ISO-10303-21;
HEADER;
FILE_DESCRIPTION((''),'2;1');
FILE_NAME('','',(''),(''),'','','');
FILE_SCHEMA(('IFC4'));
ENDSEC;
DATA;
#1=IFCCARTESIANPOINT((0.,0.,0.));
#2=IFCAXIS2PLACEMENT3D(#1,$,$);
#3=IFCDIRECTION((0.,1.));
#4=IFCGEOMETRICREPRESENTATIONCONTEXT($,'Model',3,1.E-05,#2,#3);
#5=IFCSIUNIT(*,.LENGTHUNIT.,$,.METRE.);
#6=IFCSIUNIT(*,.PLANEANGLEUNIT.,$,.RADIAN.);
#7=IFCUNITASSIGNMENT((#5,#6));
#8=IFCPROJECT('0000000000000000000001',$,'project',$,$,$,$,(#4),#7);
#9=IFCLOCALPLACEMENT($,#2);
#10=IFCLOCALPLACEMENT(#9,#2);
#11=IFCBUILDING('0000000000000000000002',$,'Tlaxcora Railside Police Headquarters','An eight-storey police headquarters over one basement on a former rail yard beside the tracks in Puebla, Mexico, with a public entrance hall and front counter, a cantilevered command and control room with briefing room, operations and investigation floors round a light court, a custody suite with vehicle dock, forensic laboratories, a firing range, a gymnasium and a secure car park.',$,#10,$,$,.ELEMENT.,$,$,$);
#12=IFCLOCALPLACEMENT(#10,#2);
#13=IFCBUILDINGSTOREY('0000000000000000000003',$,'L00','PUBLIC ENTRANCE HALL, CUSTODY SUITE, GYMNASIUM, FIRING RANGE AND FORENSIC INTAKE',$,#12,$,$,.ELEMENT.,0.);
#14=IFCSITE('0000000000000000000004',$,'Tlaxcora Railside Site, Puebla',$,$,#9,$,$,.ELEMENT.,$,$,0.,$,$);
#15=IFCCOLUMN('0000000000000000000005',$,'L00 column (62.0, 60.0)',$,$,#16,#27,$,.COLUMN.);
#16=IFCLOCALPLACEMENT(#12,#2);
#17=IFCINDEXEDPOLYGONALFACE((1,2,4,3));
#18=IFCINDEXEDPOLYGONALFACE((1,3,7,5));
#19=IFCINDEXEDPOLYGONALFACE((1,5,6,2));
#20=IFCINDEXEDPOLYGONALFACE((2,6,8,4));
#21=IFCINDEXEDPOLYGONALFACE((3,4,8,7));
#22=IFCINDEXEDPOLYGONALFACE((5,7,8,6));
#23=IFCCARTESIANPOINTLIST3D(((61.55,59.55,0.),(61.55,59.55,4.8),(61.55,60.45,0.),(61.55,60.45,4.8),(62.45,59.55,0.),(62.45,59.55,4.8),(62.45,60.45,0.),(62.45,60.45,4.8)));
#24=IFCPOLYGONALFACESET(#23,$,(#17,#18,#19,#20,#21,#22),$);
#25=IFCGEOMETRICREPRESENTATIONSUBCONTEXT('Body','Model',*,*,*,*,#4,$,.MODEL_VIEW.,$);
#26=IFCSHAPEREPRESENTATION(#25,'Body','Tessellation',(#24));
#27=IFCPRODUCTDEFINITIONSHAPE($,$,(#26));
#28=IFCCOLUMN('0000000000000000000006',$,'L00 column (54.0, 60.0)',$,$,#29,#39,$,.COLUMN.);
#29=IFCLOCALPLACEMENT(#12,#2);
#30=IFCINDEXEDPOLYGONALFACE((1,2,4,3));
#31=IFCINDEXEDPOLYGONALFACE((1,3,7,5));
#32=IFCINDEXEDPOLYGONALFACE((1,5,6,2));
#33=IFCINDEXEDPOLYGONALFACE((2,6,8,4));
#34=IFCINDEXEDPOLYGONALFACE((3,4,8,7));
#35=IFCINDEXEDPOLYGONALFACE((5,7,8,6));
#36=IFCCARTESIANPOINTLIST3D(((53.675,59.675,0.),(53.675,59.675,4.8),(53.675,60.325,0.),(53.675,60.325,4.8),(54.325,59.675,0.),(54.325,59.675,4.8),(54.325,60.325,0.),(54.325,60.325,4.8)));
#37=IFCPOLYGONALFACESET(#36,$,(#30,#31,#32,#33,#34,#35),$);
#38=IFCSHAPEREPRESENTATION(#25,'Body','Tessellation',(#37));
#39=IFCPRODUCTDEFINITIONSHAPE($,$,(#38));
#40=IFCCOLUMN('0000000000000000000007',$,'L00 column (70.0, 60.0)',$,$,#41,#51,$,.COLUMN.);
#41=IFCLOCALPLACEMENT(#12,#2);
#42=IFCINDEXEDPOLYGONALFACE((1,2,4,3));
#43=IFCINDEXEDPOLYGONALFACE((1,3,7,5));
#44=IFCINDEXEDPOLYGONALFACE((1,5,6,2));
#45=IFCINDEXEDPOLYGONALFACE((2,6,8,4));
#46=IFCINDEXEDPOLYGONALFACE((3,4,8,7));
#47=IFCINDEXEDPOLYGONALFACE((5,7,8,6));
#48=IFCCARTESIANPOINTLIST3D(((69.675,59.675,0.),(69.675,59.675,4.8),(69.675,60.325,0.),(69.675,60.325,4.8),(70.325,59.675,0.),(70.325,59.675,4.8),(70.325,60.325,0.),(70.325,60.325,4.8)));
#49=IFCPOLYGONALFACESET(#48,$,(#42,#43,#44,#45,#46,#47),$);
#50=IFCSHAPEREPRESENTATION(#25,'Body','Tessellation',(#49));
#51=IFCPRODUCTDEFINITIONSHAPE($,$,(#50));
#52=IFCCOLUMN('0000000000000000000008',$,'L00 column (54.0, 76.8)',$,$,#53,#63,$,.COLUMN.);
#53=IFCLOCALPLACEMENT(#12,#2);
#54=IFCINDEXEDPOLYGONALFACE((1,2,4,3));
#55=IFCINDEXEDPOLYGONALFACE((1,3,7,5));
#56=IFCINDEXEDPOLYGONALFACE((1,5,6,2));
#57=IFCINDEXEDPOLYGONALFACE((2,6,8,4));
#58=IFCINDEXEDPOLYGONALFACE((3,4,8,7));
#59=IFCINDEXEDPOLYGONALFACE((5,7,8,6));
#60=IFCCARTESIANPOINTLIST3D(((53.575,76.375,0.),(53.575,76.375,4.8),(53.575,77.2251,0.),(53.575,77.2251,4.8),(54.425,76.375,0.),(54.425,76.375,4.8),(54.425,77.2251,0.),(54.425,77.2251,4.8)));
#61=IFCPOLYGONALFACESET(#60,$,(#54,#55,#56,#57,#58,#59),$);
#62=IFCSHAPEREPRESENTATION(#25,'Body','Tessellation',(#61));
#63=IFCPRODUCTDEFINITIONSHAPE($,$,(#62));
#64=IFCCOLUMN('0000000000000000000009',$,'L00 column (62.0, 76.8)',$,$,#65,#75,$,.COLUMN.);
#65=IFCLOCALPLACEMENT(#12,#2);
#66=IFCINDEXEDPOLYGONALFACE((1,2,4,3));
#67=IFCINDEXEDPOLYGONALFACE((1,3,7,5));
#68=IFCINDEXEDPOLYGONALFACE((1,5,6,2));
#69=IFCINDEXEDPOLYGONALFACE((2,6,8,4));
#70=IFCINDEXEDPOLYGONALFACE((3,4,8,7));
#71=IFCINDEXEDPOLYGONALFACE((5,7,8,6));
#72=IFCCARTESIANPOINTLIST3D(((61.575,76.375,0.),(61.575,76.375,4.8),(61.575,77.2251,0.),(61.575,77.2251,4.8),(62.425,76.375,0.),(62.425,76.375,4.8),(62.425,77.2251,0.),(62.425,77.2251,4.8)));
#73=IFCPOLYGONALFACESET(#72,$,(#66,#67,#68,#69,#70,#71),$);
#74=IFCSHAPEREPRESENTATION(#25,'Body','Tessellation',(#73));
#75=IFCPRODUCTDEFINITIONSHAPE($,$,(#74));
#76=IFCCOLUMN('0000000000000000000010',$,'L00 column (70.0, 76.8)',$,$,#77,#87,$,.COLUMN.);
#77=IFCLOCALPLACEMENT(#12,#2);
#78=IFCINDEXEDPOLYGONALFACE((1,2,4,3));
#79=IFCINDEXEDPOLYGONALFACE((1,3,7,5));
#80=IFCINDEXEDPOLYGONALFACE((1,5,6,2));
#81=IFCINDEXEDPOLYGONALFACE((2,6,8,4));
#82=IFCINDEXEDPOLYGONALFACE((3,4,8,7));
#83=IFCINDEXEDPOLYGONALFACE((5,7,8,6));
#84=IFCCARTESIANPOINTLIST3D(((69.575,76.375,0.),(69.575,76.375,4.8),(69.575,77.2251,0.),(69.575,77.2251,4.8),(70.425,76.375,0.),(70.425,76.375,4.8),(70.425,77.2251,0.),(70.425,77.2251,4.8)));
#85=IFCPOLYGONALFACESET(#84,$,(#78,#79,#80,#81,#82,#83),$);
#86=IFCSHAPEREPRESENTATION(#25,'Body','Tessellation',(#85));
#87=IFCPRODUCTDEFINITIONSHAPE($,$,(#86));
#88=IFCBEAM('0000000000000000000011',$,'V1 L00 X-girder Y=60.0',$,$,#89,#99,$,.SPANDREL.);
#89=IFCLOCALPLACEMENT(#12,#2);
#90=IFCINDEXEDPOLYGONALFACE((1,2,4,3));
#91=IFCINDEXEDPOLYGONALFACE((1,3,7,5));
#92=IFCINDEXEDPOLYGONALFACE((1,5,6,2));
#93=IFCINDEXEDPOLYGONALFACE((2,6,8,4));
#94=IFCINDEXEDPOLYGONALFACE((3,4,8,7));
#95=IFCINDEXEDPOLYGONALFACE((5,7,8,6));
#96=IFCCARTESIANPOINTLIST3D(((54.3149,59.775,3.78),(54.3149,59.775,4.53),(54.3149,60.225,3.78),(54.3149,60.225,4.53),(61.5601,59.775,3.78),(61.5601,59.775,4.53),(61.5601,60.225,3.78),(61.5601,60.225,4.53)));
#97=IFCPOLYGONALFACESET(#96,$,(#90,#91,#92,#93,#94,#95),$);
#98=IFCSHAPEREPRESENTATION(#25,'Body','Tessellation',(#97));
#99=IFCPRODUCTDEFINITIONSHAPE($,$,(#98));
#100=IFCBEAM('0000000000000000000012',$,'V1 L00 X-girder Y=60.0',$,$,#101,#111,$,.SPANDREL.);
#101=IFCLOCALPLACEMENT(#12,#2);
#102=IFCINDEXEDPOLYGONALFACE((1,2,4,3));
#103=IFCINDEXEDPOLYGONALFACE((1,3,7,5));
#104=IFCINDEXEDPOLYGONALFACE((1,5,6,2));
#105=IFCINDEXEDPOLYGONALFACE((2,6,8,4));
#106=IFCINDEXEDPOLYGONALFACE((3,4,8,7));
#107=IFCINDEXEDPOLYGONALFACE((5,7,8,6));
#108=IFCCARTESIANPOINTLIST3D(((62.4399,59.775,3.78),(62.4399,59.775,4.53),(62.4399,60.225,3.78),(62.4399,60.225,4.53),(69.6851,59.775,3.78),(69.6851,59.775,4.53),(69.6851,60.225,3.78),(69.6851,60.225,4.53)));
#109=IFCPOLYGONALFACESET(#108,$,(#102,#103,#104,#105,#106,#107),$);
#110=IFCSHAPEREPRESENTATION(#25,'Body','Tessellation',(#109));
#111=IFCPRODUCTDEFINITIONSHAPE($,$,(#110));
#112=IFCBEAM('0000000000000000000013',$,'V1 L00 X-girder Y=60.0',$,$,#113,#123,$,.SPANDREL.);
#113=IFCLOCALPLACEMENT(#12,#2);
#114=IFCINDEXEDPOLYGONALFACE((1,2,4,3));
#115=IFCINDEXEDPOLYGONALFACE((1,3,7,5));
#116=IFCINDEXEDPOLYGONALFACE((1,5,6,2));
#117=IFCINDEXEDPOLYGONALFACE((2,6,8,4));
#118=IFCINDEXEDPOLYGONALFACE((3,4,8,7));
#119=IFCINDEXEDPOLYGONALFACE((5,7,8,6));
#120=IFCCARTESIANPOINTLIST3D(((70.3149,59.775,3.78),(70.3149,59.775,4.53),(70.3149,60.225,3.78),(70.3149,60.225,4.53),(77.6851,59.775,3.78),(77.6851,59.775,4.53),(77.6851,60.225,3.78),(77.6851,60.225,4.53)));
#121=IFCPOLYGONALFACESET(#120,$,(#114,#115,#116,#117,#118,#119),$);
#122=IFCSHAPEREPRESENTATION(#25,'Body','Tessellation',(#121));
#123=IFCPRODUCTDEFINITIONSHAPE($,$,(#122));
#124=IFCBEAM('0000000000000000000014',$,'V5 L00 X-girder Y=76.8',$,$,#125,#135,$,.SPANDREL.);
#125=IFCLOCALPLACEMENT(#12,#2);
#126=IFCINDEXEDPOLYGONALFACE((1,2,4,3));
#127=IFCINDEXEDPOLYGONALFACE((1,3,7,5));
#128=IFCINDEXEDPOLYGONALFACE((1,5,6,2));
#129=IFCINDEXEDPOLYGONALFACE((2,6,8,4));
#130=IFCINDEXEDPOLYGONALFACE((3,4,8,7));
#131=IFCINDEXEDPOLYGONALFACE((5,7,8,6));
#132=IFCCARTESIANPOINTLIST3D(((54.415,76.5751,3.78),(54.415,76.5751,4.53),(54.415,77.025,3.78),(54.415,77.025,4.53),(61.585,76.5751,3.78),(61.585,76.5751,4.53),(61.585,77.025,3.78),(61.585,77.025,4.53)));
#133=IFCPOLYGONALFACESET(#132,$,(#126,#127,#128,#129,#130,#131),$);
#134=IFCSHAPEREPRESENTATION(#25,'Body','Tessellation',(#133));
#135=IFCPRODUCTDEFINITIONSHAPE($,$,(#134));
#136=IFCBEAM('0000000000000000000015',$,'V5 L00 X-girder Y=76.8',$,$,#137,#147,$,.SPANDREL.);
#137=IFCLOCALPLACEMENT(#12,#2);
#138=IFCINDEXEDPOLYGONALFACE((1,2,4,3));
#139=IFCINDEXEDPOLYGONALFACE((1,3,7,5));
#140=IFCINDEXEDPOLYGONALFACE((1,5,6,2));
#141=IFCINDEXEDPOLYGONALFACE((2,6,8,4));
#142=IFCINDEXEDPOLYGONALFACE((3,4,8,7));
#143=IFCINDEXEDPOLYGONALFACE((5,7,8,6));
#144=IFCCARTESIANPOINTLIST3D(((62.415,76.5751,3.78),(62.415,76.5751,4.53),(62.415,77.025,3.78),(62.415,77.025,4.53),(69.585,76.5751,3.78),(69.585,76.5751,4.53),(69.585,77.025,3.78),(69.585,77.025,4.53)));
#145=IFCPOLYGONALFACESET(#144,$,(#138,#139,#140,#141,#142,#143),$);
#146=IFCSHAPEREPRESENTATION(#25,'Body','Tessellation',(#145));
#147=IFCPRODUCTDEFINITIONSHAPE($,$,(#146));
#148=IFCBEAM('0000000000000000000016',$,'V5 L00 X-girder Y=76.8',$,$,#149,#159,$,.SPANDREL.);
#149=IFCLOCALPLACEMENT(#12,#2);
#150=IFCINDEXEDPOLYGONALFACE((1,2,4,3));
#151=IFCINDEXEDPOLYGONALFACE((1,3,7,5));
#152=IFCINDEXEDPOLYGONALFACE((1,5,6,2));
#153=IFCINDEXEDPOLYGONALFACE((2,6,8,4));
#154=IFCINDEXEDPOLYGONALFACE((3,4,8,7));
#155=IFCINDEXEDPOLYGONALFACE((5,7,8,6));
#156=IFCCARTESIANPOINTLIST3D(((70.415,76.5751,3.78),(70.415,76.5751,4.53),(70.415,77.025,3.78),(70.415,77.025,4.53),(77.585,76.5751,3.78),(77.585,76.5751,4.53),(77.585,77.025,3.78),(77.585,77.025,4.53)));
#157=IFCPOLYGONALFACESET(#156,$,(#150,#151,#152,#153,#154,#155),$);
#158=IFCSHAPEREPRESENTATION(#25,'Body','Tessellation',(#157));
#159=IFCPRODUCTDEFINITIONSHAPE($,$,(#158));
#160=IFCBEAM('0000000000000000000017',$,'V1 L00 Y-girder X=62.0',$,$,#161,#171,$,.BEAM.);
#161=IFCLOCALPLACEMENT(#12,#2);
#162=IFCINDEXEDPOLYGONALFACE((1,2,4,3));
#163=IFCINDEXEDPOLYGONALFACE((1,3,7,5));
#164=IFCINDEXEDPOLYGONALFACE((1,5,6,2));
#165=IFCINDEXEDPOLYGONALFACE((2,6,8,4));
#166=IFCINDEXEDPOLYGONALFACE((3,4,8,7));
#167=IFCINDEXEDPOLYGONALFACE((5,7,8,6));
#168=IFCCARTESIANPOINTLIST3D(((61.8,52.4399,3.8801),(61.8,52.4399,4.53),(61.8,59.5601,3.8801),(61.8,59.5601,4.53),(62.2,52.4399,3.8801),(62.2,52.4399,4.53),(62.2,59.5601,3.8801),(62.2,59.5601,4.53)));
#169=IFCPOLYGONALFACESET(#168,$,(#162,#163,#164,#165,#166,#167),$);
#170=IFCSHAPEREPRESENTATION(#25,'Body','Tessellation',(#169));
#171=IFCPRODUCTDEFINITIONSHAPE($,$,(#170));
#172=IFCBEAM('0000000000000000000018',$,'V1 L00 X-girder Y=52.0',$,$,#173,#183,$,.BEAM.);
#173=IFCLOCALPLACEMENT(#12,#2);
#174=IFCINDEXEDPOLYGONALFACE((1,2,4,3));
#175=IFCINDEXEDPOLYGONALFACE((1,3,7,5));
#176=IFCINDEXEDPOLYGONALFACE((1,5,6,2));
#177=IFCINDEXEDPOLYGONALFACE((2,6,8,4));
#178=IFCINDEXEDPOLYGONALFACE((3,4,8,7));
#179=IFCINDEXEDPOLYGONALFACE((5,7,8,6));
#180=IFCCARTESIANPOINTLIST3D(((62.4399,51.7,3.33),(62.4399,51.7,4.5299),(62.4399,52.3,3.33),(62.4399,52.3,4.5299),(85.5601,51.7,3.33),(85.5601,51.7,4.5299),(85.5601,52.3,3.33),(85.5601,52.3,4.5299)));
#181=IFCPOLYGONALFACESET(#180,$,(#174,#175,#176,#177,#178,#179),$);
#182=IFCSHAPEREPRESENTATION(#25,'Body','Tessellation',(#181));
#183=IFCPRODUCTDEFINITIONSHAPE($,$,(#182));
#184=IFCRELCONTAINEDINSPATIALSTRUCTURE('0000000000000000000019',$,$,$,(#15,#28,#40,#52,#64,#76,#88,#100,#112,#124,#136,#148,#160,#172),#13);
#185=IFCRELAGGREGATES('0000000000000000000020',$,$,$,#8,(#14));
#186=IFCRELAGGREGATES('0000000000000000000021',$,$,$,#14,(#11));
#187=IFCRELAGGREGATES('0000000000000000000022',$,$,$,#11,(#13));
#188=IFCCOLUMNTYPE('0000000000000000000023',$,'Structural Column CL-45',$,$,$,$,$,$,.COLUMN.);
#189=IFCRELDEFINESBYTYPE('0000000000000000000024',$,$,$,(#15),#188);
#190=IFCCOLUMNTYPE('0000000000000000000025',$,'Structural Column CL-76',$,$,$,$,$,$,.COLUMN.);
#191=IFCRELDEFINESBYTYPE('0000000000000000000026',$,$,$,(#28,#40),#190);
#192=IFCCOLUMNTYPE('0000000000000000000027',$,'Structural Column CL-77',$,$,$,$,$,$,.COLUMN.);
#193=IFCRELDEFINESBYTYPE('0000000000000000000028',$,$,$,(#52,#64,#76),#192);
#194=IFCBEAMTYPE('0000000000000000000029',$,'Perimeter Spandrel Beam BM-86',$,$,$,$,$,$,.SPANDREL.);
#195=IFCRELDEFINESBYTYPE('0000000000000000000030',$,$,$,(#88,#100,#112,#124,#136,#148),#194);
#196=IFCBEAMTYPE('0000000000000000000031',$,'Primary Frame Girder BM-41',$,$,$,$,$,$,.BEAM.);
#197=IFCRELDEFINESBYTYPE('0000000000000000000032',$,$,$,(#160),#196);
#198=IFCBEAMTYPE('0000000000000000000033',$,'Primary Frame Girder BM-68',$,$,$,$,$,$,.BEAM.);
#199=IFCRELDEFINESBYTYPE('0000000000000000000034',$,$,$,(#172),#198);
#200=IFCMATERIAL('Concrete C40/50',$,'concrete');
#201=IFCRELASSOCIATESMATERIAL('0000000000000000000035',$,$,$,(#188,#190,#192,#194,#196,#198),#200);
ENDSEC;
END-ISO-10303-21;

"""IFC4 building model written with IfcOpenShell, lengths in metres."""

from ifc_helpers import new_model, si_unit, direction, frame, origin, origin_2d, place, context, subcontext, project, spatial, rectangle, extrude, material, material_profile, profile_set, type_object, element, save


model = new_model("IFC4")

# Units and contexts
model_context = context("Model", 3, precision=1e-05, world=origin(), true_north=direction((0.0, 1.0)))
body_context = subcontext(model_context, "Body", "Model", "MODEL_VIEW")
ifc_project = project(units=[si_unit("LENGTHUNIT", "METRE"), si_unit("PLANEANGLEUNIT", "RADIAN")], contexts=[model_context])

# Site, building, storey
site_placement = place(None, origin())
site = spatial("IfcSite", under=ifc_project, at=site_placement, Name="Tlaxcora Railside Site, Puebla", CompositionType="ELEMENT", RefElevation=0.0)
building_placement = place(site_placement, origin())
building = spatial("IfcBuilding", under=site, at=building_placement, Name="Tlaxcora Railside Police Headquarters", Description="An eight-storey police headquarters over one basement on a former rail yard beside the tracks in Puebla, Mexico, with a public entrance hall and front counter, a cantilevered command and control room with briefing room, operations and investigation floors round a light court, a custody suite with vehicle dock, forensic laboratories, a firing range, a gymnasium and a secure car park.", CompositionType="ELEMENT")
storey_placement = place(building_placement, origin())
storey = spatial("IfcBuildingStorey", under=building, at=storey_placement, Name="L00", Description="PUBLIC ENTRANCE HALL, CUSTODY SUITE, GYMNASIUM, FIRING RANGE AND FORENSIC INTAKE", CompositionType="ELEMENT", Elevation=0.0)

# Columns
ifc_material_1 = material(Name="Concrete C40/50", Category="concrete")
ifc_material_profile_1 = material_profile(ifc_material_1, rectangle(XDim=0.8999, YDim=0.8999, at=origin_2d()), Name="RC900X900")
ifc_profile_set_1 = profile_set([ifc_material_profile_1], Name="Concrete C40/50")
column_type_1 = type_object("IfcColumnType", Name="Structural Column CL-45", PredefinedType="COLUMN", material=ifc_profile_set_1)
column_placement = place(storey_placement, frame((62.0, 60.0, 0.0), z_axis=(0.0, 0.0, 1.0), x_axis=(1.0, 0.0, 0.0)))
element("IfcColumn", 1, at=column_placement, inside=storey, type_object=column_type_1, Name="L00 column (62.0, 60.0)", PredefinedType="COLUMN", context=body_context, shape_type="SweptSolid", body=[
    extrude(rectangle(XDim=0.8999, YDim=0.8999, at=origin_2d()), origin(), (0.0, 0.0, 1.0), 4.8),
])
ifc_material_profile_2 = material_profile(ifc_material_1, rectangle(XDim=0.6499, YDim=0.6499, at=origin_2d()), Name="RC650X650")
ifc_profile_set_2 = profile_set([ifc_material_profile_2], Name="Concrete C40/50")
column_type_2 = type_object("IfcColumnType", Name="Structural Column CL-76", PredefinedType="COLUMN", material=ifc_profile_set_2)
for number, where, z_axis, x_axis, name in (
    (2, (54.0, 60.0, 0.0), (0.0, 0.0, 1.0), (1.0, 0.0, 0.0), "L00 column (54.0, 60.0)"),
    (3, (70.0, 60.0, 0.0), (0.0, 0.0, 1.0), (1.0, 0.0, 0.0), "L00 column (70.0, 60.0)"),
):
    element("IfcColumn", number, at=place(storey_placement, frame(where, z_axis=z_axis, x_axis=x_axis)), inside=storey, type_object=column_type_2, Name=name, PredefinedType="COLUMN", context=body_context, shape_type="SweptSolid", body=[
        extrude(rectangle(XDim=0.6499, YDim=0.6499, at=origin_2d()), origin(), (0.0, 0.0, 1.0), 4.8),
    ])
ifc_material_profile_3 = material_profile(ifc_material_1, rectangle(XDim=0.8501, YDim=0.8501, at=origin_2d()), Name="RC850X850")
ifc_profile_set_3 = profile_set([ifc_material_profile_3], Name="Concrete C40/50")
column_type_3 = type_object("IfcColumnType", Name="Structural Column CL-77", PredefinedType="COLUMN", material=ifc_profile_set_3)
for number, where, z_axis, x_axis, name in (
    (4, (54.0, 76.8, 0.0), (0.0, 0.0, 1.0), (1.0, 0.0, 0.0), "L00 column (54.0, 76.8)"),
    (5, (62.0, 76.8, 0.0), (0.0, 0.0, 1.0), (1.0, 0.0, 0.0), "L00 column (62.0, 76.8)"),
    (6, (70.0, 76.8, 0.0), (0.0, 0.0, 1.0), (1.0, 0.0, 0.0), "L00 column (70.0, 76.8)"),
):
    element("IfcColumn", number, at=place(storey_placement, frame(where, z_axis=z_axis, x_axis=x_axis)), inside=storey, type_object=column_type_3, Name=name, PredefinedType="COLUMN", context=body_context, shape_type="SweptSolid", body=[
        extrude(rectangle(XDim=0.8501, YDim=0.8501, at=origin_2d()), origin(), (0.0, 0.0, 1.0), 4.8),
    ])

# Beams
ifc_material_profile_4 = material_profile(ifc_material_1, rectangle(XDim=0.45, YDim=0.75, at=origin_2d()), Name="RC450X750")
ifc_profile_set_4 = profile_set([ifc_material_profile_4], Name="Concrete C40/50")
beam_type_1 = type_object("IfcBeamType", Name="Perimeter Spandrel Beam BM-86", PredefinedType="SPANDREL", material=ifc_profile_set_4)
for number, where, z_axis, x_axis, name in (
    (7, (54.3149, 60.0, 4.155), (1.0, 0.0, 0.0), (0.0, 1.0, 0.0), "V1 L00 X-girder Y=60.0"),
    (8, (62.4399, 60.0, 4.155), (1.0, 0.0, 0.0), (0.0, 1.0, 0.0), "V1 L00 X-girder Y=60.0"),
):
    element("IfcBeam", number, at=place(storey_placement, frame(where, z_axis=z_axis, x_axis=x_axis)), inside=storey, type_object=beam_type_1, Name=name, PredefinedType="SPANDREL", context=body_context, shape_type="SweptSolid", body=[
        extrude(rectangle(XDim=0.45, YDim=0.75, at=origin_2d()), origin(), (0.0, 0.0, 1.0), 7.2451),
    ])
beam_1_placement = place(storey_placement, frame((70.3149, 60.0, 4.155), z_axis=(1.0, 0.0, 0.0), x_axis=(0.0, 1.0, 0.0)))
element("IfcBeam", 9, at=beam_1_placement, inside=storey, type_object=beam_type_1, Name="V1 L00 X-girder Y=60.0", PredefinedType="SPANDREL", context=body_context, shape_type="SweptSolid", body=[
    extrude(rectangle(XDim=0.45, YDim=0.75, at=origin_2d()), origin(), (0.0, 0.0, 1.0), 7.3701),
])
for number, where, z_axis, x_axis, name in (
    (10, (54.415, 76.8, 4.155), (1.0, 0.0, 0.0), (0.0, 1.0, 0.0), "V5 L00 X-girder Y=76.8"),
    (11, (62.415, 76.8, 4.155), (1.0, 0.0, 0.0), (0.0, 1.0, 0.0), "V5 L00 X-girder Y=76.8"),
    (12, (70.415, 76.8, 4.155), (1.0, 0.0, 0.0), (0.0, 1.0, 0.0), "V5 L00 X-girder Y=76.8"),
):
    element("IfcBeam", number, at=place(storey_placement, frame(where, z_axis=z_axis, x_axis=x_axis)), inside=storey, type_object=beam_type_1, Name=name, PredefinedType="SPANDREL", context=body_context, shape_type="SweptSolid", body=[
        extrude(rectangle(XDim=0.45, YDim=0.75, at=origin_2d()), origin(), (0.0, 0.0, 1.0), 7.1699),
    ])
ifc_material_profile_5 = material_profile(ifc_material_1, rectangle(XDim=0.3999, YDim=0.6499, at=origin_2d()), Name="RC400X650")
ifc_profile_set_5 = profile_set([ifc_material_profile_5], Name="Concrete C40/50")
beam_type_2 = type_object("IfcBeamType", Name="Primary Frame Girder BM-41", PredefinedType="BEAM", material=ifc_profile_set_5)
beam_2_placement = place(storey_placement, frame((62.0, 52.4399, 4.2051), z_axis=(0.0, 1.0, 0.0), x_axis=(-1.0, 0.0, 0.0)))
element("IfcBeam", 13, at=beam_2_placement, inside=storey, type_object=beam_type_2, Name="V1 L00 Y-girder X=62.0", PredefinedType="BEAM", context=body_context, shape_type="SweptSolid", body=[
    extrude(rectangle(XDim=0.3999, YDim=0.6499, at=origin_2d()), origin(), (0.0, 0.0, 1.0), 7.1201),
])
ifc_material_profile_6 = material_profile(ifc_material_1, rectangle(XDim=0.6001, YDim=1.2, at=origin_2d()), Name="RC600X1200")
ifc_profile_set_6 = profile_set([ifc_material_profile_6], Name="Concrete C40/50")
beam_type_3 = type_object("IfcBeamType", Name="Primary Frame Girder BM-68", PredefinedType="BEAM", material=ifc_profile_set_6)
beam_3_placement = place(storey_placement, frame((62.4399, 52.0, 3.9299), z_axis=(1.0, 0.0, 0.0), x_axis=(0.0, 1.0, 0.0)))
element("IfcBeam", 14, at=beam_3_placement, inside=storey, type_object=beam_type_3, Name="V1 L00 X-girder Y=52.0", PredefinedType="BEAM", context=body_context, shape_type="SweptSolid", body=[
    extrude(rectangle(XDim=0.6001, YDim=1.2, at=origin_2d()), origin(), (0.0, 0.0, 1.0), 23.1201),
])

save(model, "model.ifc")
